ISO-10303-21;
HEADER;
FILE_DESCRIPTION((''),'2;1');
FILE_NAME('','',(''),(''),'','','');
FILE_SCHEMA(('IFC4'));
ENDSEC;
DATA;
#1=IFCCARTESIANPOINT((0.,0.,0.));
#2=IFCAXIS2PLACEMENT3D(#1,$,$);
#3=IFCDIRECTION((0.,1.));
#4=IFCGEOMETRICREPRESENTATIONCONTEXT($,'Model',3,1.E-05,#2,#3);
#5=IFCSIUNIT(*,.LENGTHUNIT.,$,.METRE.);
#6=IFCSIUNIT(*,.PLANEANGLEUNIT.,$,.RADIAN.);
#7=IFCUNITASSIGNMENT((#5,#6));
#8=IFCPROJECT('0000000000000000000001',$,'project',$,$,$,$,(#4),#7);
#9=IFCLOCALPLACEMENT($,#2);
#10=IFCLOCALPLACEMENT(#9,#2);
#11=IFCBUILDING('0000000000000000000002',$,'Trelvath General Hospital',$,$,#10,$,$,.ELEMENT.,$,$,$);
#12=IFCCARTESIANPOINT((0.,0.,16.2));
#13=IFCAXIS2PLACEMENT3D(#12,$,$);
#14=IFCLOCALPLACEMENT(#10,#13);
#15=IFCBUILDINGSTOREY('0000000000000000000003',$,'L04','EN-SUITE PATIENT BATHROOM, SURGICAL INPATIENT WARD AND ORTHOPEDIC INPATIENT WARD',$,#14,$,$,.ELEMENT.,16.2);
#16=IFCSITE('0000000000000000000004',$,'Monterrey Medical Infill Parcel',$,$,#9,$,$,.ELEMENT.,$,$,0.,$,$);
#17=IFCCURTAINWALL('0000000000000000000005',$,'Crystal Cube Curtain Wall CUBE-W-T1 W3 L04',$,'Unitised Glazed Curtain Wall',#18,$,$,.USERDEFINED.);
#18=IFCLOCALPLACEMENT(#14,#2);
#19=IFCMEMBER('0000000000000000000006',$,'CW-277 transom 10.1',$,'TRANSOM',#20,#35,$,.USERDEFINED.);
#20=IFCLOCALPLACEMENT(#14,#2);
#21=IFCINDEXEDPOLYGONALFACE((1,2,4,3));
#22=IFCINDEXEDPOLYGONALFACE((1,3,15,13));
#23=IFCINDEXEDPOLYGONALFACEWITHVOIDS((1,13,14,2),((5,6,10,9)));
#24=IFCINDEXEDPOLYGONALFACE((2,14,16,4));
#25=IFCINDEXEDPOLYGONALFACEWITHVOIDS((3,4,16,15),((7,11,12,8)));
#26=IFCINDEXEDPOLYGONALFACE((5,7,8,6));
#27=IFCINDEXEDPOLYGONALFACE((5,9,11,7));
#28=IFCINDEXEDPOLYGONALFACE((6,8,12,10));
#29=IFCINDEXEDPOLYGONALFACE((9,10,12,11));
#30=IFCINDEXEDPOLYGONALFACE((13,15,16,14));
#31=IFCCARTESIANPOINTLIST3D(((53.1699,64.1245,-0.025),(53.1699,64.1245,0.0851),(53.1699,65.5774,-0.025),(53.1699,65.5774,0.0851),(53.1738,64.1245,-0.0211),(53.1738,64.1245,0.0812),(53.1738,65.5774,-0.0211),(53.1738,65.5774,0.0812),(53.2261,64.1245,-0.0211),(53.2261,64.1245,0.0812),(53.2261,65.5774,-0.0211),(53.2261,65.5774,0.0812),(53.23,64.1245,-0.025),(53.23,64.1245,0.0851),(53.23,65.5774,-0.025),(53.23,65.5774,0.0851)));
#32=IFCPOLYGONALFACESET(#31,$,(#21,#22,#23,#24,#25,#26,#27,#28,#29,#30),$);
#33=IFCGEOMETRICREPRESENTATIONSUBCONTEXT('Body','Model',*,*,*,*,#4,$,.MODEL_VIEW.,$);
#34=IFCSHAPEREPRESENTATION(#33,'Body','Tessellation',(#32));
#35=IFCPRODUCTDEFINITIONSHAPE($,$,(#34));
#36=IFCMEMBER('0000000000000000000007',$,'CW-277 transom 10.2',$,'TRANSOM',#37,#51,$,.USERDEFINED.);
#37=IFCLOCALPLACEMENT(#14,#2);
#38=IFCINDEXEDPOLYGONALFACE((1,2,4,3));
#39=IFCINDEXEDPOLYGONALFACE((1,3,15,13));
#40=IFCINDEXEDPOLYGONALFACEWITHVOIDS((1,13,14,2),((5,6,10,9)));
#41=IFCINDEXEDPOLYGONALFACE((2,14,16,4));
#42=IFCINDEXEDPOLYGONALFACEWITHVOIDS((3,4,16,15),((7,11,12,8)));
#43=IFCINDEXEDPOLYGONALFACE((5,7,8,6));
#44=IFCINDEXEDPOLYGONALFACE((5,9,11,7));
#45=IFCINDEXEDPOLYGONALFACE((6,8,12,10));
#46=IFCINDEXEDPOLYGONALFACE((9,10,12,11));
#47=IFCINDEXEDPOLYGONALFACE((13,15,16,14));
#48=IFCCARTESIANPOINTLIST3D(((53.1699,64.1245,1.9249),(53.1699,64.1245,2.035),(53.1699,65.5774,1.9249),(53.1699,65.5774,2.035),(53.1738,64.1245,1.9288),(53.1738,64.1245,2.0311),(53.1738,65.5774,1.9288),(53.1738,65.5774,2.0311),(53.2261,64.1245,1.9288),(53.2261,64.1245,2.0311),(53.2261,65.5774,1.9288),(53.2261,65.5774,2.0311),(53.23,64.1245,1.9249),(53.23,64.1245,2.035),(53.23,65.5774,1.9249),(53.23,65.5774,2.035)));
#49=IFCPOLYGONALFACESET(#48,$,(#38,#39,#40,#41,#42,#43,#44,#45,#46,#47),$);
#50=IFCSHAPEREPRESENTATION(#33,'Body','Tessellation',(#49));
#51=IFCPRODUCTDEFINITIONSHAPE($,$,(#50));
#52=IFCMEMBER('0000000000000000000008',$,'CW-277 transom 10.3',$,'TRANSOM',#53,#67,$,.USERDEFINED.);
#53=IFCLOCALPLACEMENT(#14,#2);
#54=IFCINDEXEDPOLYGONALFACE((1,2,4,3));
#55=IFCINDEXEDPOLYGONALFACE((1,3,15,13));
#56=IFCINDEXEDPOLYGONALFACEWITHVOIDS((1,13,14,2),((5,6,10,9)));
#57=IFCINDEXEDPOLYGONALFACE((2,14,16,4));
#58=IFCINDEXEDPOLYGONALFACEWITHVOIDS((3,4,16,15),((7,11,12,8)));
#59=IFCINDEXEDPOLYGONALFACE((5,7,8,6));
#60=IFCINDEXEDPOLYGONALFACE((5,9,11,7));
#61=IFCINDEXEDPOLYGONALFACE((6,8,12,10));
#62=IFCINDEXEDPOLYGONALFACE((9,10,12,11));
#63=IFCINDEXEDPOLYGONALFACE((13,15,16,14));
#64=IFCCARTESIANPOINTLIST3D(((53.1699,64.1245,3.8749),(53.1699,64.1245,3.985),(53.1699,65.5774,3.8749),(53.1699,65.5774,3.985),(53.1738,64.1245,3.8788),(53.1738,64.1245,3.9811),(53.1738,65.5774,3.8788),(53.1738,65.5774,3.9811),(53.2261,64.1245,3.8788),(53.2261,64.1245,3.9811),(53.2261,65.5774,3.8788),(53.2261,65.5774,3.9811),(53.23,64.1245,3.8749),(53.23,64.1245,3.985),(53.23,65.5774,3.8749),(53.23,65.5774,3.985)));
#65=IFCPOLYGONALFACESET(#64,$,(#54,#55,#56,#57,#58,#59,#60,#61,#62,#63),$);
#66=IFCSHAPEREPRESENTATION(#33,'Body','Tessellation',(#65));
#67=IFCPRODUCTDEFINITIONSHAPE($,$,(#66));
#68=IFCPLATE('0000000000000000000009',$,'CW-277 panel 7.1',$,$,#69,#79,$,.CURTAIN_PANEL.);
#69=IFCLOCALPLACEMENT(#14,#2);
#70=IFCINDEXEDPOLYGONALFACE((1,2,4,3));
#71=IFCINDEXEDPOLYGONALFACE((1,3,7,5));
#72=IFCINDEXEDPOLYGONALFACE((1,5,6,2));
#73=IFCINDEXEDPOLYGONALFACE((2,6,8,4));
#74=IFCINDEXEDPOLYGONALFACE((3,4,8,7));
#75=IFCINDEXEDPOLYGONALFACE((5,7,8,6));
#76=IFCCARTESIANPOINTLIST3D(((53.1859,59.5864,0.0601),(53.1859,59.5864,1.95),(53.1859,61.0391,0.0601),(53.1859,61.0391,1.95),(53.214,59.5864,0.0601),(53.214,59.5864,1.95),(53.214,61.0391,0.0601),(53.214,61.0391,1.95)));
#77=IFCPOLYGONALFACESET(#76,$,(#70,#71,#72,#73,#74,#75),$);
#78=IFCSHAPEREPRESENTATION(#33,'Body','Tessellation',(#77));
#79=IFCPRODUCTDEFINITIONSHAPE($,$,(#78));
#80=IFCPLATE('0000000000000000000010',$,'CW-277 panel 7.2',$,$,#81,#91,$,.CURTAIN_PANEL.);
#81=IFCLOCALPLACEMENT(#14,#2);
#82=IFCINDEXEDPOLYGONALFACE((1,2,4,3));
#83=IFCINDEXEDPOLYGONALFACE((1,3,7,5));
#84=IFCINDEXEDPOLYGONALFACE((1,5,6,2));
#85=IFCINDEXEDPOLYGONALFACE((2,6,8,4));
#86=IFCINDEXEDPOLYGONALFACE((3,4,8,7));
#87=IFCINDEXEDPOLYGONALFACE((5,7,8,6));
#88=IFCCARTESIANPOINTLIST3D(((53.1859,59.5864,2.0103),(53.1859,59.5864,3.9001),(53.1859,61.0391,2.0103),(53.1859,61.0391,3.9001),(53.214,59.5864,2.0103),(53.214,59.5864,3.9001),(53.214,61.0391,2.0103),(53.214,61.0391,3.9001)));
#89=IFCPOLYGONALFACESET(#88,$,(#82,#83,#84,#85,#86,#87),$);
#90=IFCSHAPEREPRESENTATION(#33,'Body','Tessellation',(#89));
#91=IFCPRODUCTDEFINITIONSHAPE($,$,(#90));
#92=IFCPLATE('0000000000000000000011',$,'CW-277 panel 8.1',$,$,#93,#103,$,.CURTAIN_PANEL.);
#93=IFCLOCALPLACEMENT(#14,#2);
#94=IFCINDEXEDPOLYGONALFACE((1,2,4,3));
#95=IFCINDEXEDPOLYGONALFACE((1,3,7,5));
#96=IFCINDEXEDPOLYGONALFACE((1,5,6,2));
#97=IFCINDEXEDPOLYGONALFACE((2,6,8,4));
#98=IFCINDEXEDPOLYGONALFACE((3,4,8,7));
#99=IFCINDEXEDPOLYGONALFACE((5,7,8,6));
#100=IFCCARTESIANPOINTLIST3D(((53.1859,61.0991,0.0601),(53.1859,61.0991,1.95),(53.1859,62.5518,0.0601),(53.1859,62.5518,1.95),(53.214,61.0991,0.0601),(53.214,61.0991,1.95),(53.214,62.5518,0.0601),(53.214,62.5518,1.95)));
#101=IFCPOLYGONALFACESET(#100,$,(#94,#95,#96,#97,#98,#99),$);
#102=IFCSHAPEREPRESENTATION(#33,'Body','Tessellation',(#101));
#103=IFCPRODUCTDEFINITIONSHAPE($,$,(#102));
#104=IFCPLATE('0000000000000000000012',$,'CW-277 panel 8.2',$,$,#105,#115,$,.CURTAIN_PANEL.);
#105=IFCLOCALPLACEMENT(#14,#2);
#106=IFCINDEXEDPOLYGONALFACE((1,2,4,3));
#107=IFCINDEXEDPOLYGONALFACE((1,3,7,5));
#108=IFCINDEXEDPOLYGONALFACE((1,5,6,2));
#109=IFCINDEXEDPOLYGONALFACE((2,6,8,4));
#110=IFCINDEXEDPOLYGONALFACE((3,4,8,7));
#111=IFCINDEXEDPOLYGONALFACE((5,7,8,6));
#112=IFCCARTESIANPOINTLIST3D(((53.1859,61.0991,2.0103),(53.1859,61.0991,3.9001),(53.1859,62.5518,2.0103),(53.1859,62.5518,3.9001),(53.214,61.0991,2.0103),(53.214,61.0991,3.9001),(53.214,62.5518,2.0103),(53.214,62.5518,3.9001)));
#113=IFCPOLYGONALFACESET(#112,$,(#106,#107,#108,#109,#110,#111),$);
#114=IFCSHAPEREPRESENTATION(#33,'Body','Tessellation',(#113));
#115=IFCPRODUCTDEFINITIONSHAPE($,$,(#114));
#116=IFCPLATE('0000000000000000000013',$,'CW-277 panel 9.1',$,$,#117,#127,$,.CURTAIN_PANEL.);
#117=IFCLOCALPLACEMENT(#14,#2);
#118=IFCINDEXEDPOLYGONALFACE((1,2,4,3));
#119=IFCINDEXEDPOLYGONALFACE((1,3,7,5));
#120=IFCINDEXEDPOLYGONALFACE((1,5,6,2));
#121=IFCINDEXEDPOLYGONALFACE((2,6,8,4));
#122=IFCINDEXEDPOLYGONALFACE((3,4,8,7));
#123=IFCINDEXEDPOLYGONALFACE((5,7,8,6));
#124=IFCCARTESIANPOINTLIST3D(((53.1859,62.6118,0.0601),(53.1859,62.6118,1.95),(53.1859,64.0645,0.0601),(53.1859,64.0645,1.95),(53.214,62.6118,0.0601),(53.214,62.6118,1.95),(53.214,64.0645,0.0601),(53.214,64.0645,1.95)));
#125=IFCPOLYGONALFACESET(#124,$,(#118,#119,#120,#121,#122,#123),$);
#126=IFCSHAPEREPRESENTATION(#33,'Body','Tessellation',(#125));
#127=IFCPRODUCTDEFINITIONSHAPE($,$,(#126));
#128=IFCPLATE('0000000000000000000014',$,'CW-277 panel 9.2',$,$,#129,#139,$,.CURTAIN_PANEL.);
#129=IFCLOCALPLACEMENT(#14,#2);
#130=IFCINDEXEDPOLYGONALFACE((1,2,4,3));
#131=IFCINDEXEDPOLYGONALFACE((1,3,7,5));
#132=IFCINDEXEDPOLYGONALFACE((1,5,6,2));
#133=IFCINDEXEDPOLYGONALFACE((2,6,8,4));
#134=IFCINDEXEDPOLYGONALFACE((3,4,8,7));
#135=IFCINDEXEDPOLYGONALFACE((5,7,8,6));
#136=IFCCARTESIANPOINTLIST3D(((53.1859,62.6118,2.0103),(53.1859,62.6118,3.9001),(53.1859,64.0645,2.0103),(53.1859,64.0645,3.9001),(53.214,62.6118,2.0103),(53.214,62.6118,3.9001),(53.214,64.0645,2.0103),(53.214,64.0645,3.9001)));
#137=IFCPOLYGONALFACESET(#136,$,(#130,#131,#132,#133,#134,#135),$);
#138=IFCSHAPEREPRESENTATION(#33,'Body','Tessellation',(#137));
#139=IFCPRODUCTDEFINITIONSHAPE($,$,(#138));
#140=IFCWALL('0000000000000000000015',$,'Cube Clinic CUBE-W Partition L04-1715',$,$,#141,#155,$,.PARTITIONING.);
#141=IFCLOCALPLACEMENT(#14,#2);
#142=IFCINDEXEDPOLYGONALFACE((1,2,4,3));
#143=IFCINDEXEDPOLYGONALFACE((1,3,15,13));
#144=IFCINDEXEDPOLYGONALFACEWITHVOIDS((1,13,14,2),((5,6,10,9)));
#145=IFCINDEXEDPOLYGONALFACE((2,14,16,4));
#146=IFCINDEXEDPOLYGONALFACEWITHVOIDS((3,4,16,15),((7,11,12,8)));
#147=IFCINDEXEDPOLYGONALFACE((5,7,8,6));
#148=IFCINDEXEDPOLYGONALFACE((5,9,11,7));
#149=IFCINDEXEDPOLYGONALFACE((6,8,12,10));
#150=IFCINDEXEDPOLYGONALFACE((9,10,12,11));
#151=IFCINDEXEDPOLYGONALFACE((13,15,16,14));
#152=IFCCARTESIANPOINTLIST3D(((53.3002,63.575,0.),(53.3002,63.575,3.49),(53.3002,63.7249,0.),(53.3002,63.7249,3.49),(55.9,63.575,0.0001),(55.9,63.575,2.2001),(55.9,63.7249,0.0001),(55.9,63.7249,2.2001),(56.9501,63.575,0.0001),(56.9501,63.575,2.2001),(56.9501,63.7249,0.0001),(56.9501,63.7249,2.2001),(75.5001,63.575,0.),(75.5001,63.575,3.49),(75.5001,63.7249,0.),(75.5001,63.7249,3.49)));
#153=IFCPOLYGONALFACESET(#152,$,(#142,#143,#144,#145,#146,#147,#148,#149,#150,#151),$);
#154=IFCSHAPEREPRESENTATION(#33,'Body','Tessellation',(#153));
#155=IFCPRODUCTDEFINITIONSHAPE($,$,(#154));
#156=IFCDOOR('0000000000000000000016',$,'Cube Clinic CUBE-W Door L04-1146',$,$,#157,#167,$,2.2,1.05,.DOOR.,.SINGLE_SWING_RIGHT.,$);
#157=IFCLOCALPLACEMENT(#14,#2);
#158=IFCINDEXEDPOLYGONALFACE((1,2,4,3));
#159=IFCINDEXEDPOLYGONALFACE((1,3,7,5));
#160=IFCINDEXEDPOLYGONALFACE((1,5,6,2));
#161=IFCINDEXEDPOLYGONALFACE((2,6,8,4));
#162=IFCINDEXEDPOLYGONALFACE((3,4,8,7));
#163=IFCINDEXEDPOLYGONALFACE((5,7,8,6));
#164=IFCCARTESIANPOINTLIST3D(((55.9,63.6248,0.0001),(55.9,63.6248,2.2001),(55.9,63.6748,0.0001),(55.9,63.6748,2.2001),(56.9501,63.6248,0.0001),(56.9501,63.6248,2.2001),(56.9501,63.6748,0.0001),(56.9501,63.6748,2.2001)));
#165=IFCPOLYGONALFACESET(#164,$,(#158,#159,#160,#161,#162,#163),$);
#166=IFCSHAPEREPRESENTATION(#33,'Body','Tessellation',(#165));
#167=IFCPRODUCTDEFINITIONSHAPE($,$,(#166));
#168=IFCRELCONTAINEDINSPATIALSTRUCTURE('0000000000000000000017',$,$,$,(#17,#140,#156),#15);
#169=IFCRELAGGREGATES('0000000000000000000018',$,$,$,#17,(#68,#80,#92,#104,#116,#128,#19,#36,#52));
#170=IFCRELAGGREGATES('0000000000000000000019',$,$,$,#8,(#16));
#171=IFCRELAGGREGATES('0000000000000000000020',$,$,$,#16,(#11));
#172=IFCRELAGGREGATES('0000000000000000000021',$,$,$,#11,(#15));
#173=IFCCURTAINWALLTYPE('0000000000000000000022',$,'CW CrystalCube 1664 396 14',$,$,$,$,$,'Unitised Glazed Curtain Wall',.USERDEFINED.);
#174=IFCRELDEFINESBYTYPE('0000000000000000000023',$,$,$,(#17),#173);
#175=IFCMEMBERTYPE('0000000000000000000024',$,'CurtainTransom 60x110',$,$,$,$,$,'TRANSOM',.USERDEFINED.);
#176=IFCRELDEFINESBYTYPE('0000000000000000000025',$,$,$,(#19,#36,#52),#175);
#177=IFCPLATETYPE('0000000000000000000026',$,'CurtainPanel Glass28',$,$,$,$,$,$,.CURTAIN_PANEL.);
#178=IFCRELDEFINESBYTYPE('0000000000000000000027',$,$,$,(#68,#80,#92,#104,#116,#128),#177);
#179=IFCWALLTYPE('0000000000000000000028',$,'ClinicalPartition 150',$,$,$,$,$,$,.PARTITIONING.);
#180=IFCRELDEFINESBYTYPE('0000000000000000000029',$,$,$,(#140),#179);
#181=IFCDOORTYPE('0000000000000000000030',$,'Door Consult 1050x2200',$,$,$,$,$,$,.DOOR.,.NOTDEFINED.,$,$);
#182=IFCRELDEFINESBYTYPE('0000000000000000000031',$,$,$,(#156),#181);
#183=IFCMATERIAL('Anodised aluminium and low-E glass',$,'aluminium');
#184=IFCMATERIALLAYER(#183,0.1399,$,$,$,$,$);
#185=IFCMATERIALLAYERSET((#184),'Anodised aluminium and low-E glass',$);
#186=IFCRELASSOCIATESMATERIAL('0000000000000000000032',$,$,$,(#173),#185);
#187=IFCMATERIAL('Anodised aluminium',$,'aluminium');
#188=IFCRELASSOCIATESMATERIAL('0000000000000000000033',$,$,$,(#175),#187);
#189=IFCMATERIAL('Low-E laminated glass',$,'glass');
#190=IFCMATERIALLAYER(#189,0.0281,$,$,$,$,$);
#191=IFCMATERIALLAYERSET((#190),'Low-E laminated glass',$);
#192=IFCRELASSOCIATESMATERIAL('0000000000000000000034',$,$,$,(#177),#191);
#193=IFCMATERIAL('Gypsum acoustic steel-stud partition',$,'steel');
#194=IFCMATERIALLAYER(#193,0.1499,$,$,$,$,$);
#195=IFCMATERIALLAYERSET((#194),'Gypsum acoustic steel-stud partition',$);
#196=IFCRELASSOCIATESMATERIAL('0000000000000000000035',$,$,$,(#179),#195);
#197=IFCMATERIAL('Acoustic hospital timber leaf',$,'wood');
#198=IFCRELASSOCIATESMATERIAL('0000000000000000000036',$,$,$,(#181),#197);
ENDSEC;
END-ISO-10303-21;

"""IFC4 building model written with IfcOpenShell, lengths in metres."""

from ifc_helpers import new_model, si_unit, direction, frame, frame_2d, origin, origin_2d, place, context, subcontext, project, spatial, rectangle, hollow_rectangle, extrude, material, layer, layer_set, material_profile, profile_set, type_object, element, fill, aggregate, save


model = new_model("IFC4")

# Units and contexts
model_context = context("Model", 3, precision=1e-05, world=origin(), true_north=direction((0.0, 1.0)))
body_context = subcontext(model_context, "Body", "Model", "MODEL_VIEW")
ifc_project = project(units=[si_unit("LENGTHUNIT", "METRE"), si_unit("PLANEANGLEUNIT", "RADIAN")], contexts=[model_context])

# Site, building, storey
site_placement = place(None, origin())
site = spatial("IfcSite", under=ifc_project, at=site_placement, Name="Monterrey Medical Infill Parcel", CompositionType="ELEMENT", RefElevation=0.0)
building_placement = place(site_placement, origin())
building = spatial("IfcBuilding", under=site, at=building_placement, Name="Trelvath General Hospital", CompositionType="ELEMENT")
storey_placement = place(building_placement, frame((0.0, 0.0, 16.2)))
storey = spatial("IfcBuildingStorey", under=building, at=storey_placement, Name="L04", Description="EN-SUITE PATIENT BATHROOM, SURGICAL INPATIENT WARD AND ORTHOPEDIC INPATIENT WARD", CompositionType="ELEMENT", Elevation=16.2)

# Curtain wall, members, plates
ifc_material_1 = material(Name="Anodised aluminium and low-E glass", Category="aluminium")
ifc_layer_1 = layer(ifc_material_1, 0.1399)
ifc_layer_set_1 = layer_set([ifc_layer_1], Name="Anodised aluminium and low-E glass")
curtain_wall_type = type_object("IfcCurtainWallType", Name="CW CrystalCube 1664 396 14", ElementType="Unitised Glazed Curtain Wall", PredefinedType="USERDEFINED", material=ifc_layer_set_1)
curtain_wall_placement = place(storey_placement, origin())
curtain_wall = element("IfcCurtainWall", 1, at=curtain_wall_placement, inside=storey, type_object=curtain_wall_type, Name="Crystal Cube Curtain Wall CUBE-W-T1 W3 L04", ObjectType="Unitised Glazed Curtain Wall", PredefinedType="USERDEFINED")
ifc_material_2 = material(Name="Anodised aluminium", Category="aluminium")
ifc_material_profile_1 = material_profile(ifc_material_2, hollow_rectangle(XDim=0.0601, YDim=0.1101, WallThickness=0.0039, at=origin_2d()), Name="RHS60x110x4")
ifc_profile_set_1 = profile_set([ifc_material_profile_1], Name="Anodised aluminium")
member_type_1 = type_object("IfcMemberType", Name="CurtainTransom 60x110", ElementType="TRANSOM", PredefinedType="USERDEFINED", material=ifc_profile_set_1)
member_1_placement = place(storey_placement, frame((53.2, 64.1245, 0.03), z_axis=(0.0, 1.0, 0.0), x_axis=(-1.0, 0.0, 0.0)))
member_1 = element("IfcMember", 2, at=member_1_placement, type_object=member_type_1, Name="CW-277 transom 10.1", ObjectType="TRANSOM", PredefinedType="USERDEFINED", context=body_context, shape_type="SweptSolid", body=[
    extrude(hollow_rectangle(XDim=0.0601, YDim=0.1101, WallThickness=0.0039, at=origin_2d()), origin(), (0.0, 0.0, 1.0), 1.4529),
])
member_2_placement = place(storey_placement, frame((53.2, 64.1245, 1.98), z_axis=(0.0, 1.0, 0.0), x_axis=(-1.0, 0.0, 0.0)))
member_2 = element("IfcMember", 3, at=member_2_placement, type_object=member_type_1, Name="CW-277 transom 10.2", ObjectType="TRANSOM", PredefinedType="USERDEFINED", context=body_context, shape_type="SweptSolid", body=[
    extrude(hollow_rectangle(XDim=0.0601, YDim=0.1101, WallThickness=0.0039, at=origin_2d()), origin(), (0.0, 0.0, 1.0), 1.4529),
])
member_3_placement = place(storey_placement, frame((53.2, 64.1245, 3.9299), z_axis=(0.0, 1.0, 0.0), x_axis=(-1.0, 0.0, 0.0)))
member_3 = element("IfcMember", 4, at=member_3_placement, type_object=member_type_1, Name="CW-277 transom 10.3", ObjectType="TRANSOM", PredefinedType="USERDEFINED", context=body_context, shape_type="SweptSolid", body=[
    extrude(hollow_rectangle(XDim=0.0601, YDim=0.1101, WallThickness=0.0039, at=origin_2d()), origin(), (0.0, 0.0, 1.0), 1.4529),
])
ifc_material_3 = material(Name="Low-E laminated glass", Category="glass")
ifc_layer_2 = layer(ifc_material_3, 0.0281)
ifc_layer_set_2 = layer_set([ifc_layer_2], Name="Low-E laminated glass")
plate_type = type_object("IfcPlateType", Name="CurtainPanel Glass28", PredefinedType="CURTAIN_PANEL", material=ifc_layer_set_2)
plate_1_placement = place(storey_placement, frame((53.2, 60.3127, 0.0601), z_axis=(0.0, 0.0, 1.0), x_axis=(0.0, 1.0, 0.0)))
plate_1 = element("IfcPlate", 5, at=plate_1_placement, type_object=plate_type, Name="CW-277 panel 7.1", PredefinedType="CURTAIN_PANEL", context=body_context, shape_type="SweptSolid", body=[
    extrude(rectangle(XDim=1.4526, YDim=0.0281, at=origin_2d()), origin(), (0.0, 0.0, 1.0), 1.8899),
])
plate_2_placement = place(storey_placement, frame((53.2, 60.3127, 2.0103), z_axis=(0.0, 0.0, 1.0), x_axis=(0.0, 1.0, 0.0)))
plate_2 = element("IfcPlate", 6, at=plate_2_placement, type_object=plate_type, Name="CW-277 panel 7.2", PredefinedType="CURTAIN_PANEL", context=body_context, shape_type="SweptSolid", body=[
    extrude(rectangle(XDim=1.4526, YDim=0.0281, at=origin_2d()), origin(), (0.0, 0.0, 1.0), 1.8899),
])
plate_3_placement = place(storey_placement, frame((53.2, 61.8254, 0.0601), z_axis=(0.0, 0.0, 1.0), x_axis=(0.0, 1.0, 0.0)))
plate_3 = element("IfcPlate", 7, at=plate_3_placement, type_object=plate_type, Name="CW-277 panel 8.1", PredefinedType="CURTAIN_PANEL", context=body_context, shape_type="SweptSolid", body=[
    extrude(rectangle(XDim=1.4526, YDim=0.0281, at=origin_2d()), origin(), (0.0, 0.0, 1.0), 1.8899),
])
plate_4_placement = place(storey_placement, frame((53.2, 61.8254, 2.0103), z_axis=(0.0, 0.0, 1.0), x_axis=(0.0, 1.0, 0.0)))
plate_4 = element("IfcPlate", 8, at=plate_4_placement, type_object=plate_type, Name="CW-277 panel 8.2", PredefinedType="CURTAIN_PANEL", context=body_context, shape_type="SweptSolid", body=[
    extrude(rectangle(XDim=1.4526, YDim=0.0281, at=origin_2d()), origin(), (0.0, 0.0, 1.0), 1.8899),
])
plate_5_placement = place(storey_placement, frame((53.2, 63.3381, 0.0601), z_axis=(0.0, 0.0, 1.0), x_axis=(0.0, 1.0, 0.0)))
plate_5 = element("IfcPlate", 9, at=plate_5_placement, type_object=plate_type, Name="CW-277 panel 9.1", PredefinedType="CURTAIN_PANEL", context=body_context, shape_type="SweptSolid", body=[
    extrude(rectangle(XDim=1.4526, YDim=0.0281, at=origin_2d()), origin(), (0.0, 0.0, 1.0), 1.8899),
])
plate_6_placement = place(storey_placement, frame((53.2, 63.3381, 2.0103), z_axis=(0.0, 0.0, 1.0), x_axis=(0.0, 1.0, 0.0)))
plate_6 = element("IfcPlate", 10, at=plate_6_placement, type_object=plate_type, Name="CW-277 panel 9.2", PredefinedType="CURTAIN_PANEL", context=body_context, shape_type="SweptSolid", body=[
    extrude(rectangle(XDim=1.4526, YDim=0.0281, at=origin_2d()), origin(), (0.0, 0.0, 1.0), 1.8899),
])
aggregate(curtain_wall, [plate_1, plate_2, plate_3, plate_4, plate_5, plate_6, member_1, member_2, member_3])

# Wall, opening, door
ifc_material_4 = material(Name="Gypsum acoustic steel-stud partition", Category="steel")
ifc_layer_3 = layer(ifc_material_4, 0.1499)
ifc_layer_set_3 = layer_set([ifc_layer_3], Name="Gypsum acoustic steel-stud partition")
wall_type = type_object("IfcWallType", Name="ClinicalPartition 150", PredefinedType="PARTITIONING", material=ifc_layer_set_3)
wall_placement = place(storey_placement, frame((53.3, 63.6499, 0.0), z_axis=(0.0, 0.0, 1.0), x_axis=(1.0, 0.0, 0.0)))
wall = element("IfcWall", 11, at=wall_placement, inside=storey, type_object=wall_type, Name="Cube Clinic CUBE-W Partition L04-1715", PredefinedType="PARTITIONING", context=body_context, shape_type="SweptSolid", body=[
    extrude(rectangle(XDim=22.2, YDim=0.1499, at=frame_2d((11.1001, 0.0))), origin(), (0.0, 0.0, 1.0), 3.49),
])
opening_placement = place(wall_placement, frame((2.6001, 0.0, 0.0)))
opening = element("IfcOpeningElement", 12, at=opening_placement, cuts=wall, PredefinedType="OPENING", context=body_context, shape_type="SweptSolid", body=[
    extrude(rectangle(XDim=1.05, YDim=2.2, at=frame_2d((0.5249, 1.1001))), frame((0.0, 0.085, 0.0), z_axis=(0.0, -1.0, 0.0), x_axis=(1.0, 0.0, 0.0)), (0.0, 0.0, 1.0), 0.1699),
])
ifc_material_5 = material(Name="Acoustic hospital timber leaf", Category="wood")
door_type = type_object("IfcDoorType", Name="Door Consult 1050x2200", OperationType="NOTDEFINED", PredefinedType="DOOR", material=ifc_material_5)
door_placement = place(opening_placement, origin())
door = element("IfcDoor", 13, at=door_placement, inside=storey, type_object=door_type, Name="Cube Clinic CUBE-W Door L04-1146", OperationType="SINGLE_SWING_RIGHT", OverallHeight=2.2, OverallWidth=1.05, PredefinedType="DOOR", context=body_context, shape_type="SweptSolid", body=[
    extrude(rectangle(XDim=1.05, YDim=2.2, at=frame_2d((0.5249, 1.1001))), frame((0.0, 0.0249, 0.0), z_axis=(0.0, -1.0, 0.0), x_axis=(1.0, 0.0, 0.0)), (0.0, 0.0, 1.0), 0.05),
])
fill(opening, door)

save(model, "model.ifc")
